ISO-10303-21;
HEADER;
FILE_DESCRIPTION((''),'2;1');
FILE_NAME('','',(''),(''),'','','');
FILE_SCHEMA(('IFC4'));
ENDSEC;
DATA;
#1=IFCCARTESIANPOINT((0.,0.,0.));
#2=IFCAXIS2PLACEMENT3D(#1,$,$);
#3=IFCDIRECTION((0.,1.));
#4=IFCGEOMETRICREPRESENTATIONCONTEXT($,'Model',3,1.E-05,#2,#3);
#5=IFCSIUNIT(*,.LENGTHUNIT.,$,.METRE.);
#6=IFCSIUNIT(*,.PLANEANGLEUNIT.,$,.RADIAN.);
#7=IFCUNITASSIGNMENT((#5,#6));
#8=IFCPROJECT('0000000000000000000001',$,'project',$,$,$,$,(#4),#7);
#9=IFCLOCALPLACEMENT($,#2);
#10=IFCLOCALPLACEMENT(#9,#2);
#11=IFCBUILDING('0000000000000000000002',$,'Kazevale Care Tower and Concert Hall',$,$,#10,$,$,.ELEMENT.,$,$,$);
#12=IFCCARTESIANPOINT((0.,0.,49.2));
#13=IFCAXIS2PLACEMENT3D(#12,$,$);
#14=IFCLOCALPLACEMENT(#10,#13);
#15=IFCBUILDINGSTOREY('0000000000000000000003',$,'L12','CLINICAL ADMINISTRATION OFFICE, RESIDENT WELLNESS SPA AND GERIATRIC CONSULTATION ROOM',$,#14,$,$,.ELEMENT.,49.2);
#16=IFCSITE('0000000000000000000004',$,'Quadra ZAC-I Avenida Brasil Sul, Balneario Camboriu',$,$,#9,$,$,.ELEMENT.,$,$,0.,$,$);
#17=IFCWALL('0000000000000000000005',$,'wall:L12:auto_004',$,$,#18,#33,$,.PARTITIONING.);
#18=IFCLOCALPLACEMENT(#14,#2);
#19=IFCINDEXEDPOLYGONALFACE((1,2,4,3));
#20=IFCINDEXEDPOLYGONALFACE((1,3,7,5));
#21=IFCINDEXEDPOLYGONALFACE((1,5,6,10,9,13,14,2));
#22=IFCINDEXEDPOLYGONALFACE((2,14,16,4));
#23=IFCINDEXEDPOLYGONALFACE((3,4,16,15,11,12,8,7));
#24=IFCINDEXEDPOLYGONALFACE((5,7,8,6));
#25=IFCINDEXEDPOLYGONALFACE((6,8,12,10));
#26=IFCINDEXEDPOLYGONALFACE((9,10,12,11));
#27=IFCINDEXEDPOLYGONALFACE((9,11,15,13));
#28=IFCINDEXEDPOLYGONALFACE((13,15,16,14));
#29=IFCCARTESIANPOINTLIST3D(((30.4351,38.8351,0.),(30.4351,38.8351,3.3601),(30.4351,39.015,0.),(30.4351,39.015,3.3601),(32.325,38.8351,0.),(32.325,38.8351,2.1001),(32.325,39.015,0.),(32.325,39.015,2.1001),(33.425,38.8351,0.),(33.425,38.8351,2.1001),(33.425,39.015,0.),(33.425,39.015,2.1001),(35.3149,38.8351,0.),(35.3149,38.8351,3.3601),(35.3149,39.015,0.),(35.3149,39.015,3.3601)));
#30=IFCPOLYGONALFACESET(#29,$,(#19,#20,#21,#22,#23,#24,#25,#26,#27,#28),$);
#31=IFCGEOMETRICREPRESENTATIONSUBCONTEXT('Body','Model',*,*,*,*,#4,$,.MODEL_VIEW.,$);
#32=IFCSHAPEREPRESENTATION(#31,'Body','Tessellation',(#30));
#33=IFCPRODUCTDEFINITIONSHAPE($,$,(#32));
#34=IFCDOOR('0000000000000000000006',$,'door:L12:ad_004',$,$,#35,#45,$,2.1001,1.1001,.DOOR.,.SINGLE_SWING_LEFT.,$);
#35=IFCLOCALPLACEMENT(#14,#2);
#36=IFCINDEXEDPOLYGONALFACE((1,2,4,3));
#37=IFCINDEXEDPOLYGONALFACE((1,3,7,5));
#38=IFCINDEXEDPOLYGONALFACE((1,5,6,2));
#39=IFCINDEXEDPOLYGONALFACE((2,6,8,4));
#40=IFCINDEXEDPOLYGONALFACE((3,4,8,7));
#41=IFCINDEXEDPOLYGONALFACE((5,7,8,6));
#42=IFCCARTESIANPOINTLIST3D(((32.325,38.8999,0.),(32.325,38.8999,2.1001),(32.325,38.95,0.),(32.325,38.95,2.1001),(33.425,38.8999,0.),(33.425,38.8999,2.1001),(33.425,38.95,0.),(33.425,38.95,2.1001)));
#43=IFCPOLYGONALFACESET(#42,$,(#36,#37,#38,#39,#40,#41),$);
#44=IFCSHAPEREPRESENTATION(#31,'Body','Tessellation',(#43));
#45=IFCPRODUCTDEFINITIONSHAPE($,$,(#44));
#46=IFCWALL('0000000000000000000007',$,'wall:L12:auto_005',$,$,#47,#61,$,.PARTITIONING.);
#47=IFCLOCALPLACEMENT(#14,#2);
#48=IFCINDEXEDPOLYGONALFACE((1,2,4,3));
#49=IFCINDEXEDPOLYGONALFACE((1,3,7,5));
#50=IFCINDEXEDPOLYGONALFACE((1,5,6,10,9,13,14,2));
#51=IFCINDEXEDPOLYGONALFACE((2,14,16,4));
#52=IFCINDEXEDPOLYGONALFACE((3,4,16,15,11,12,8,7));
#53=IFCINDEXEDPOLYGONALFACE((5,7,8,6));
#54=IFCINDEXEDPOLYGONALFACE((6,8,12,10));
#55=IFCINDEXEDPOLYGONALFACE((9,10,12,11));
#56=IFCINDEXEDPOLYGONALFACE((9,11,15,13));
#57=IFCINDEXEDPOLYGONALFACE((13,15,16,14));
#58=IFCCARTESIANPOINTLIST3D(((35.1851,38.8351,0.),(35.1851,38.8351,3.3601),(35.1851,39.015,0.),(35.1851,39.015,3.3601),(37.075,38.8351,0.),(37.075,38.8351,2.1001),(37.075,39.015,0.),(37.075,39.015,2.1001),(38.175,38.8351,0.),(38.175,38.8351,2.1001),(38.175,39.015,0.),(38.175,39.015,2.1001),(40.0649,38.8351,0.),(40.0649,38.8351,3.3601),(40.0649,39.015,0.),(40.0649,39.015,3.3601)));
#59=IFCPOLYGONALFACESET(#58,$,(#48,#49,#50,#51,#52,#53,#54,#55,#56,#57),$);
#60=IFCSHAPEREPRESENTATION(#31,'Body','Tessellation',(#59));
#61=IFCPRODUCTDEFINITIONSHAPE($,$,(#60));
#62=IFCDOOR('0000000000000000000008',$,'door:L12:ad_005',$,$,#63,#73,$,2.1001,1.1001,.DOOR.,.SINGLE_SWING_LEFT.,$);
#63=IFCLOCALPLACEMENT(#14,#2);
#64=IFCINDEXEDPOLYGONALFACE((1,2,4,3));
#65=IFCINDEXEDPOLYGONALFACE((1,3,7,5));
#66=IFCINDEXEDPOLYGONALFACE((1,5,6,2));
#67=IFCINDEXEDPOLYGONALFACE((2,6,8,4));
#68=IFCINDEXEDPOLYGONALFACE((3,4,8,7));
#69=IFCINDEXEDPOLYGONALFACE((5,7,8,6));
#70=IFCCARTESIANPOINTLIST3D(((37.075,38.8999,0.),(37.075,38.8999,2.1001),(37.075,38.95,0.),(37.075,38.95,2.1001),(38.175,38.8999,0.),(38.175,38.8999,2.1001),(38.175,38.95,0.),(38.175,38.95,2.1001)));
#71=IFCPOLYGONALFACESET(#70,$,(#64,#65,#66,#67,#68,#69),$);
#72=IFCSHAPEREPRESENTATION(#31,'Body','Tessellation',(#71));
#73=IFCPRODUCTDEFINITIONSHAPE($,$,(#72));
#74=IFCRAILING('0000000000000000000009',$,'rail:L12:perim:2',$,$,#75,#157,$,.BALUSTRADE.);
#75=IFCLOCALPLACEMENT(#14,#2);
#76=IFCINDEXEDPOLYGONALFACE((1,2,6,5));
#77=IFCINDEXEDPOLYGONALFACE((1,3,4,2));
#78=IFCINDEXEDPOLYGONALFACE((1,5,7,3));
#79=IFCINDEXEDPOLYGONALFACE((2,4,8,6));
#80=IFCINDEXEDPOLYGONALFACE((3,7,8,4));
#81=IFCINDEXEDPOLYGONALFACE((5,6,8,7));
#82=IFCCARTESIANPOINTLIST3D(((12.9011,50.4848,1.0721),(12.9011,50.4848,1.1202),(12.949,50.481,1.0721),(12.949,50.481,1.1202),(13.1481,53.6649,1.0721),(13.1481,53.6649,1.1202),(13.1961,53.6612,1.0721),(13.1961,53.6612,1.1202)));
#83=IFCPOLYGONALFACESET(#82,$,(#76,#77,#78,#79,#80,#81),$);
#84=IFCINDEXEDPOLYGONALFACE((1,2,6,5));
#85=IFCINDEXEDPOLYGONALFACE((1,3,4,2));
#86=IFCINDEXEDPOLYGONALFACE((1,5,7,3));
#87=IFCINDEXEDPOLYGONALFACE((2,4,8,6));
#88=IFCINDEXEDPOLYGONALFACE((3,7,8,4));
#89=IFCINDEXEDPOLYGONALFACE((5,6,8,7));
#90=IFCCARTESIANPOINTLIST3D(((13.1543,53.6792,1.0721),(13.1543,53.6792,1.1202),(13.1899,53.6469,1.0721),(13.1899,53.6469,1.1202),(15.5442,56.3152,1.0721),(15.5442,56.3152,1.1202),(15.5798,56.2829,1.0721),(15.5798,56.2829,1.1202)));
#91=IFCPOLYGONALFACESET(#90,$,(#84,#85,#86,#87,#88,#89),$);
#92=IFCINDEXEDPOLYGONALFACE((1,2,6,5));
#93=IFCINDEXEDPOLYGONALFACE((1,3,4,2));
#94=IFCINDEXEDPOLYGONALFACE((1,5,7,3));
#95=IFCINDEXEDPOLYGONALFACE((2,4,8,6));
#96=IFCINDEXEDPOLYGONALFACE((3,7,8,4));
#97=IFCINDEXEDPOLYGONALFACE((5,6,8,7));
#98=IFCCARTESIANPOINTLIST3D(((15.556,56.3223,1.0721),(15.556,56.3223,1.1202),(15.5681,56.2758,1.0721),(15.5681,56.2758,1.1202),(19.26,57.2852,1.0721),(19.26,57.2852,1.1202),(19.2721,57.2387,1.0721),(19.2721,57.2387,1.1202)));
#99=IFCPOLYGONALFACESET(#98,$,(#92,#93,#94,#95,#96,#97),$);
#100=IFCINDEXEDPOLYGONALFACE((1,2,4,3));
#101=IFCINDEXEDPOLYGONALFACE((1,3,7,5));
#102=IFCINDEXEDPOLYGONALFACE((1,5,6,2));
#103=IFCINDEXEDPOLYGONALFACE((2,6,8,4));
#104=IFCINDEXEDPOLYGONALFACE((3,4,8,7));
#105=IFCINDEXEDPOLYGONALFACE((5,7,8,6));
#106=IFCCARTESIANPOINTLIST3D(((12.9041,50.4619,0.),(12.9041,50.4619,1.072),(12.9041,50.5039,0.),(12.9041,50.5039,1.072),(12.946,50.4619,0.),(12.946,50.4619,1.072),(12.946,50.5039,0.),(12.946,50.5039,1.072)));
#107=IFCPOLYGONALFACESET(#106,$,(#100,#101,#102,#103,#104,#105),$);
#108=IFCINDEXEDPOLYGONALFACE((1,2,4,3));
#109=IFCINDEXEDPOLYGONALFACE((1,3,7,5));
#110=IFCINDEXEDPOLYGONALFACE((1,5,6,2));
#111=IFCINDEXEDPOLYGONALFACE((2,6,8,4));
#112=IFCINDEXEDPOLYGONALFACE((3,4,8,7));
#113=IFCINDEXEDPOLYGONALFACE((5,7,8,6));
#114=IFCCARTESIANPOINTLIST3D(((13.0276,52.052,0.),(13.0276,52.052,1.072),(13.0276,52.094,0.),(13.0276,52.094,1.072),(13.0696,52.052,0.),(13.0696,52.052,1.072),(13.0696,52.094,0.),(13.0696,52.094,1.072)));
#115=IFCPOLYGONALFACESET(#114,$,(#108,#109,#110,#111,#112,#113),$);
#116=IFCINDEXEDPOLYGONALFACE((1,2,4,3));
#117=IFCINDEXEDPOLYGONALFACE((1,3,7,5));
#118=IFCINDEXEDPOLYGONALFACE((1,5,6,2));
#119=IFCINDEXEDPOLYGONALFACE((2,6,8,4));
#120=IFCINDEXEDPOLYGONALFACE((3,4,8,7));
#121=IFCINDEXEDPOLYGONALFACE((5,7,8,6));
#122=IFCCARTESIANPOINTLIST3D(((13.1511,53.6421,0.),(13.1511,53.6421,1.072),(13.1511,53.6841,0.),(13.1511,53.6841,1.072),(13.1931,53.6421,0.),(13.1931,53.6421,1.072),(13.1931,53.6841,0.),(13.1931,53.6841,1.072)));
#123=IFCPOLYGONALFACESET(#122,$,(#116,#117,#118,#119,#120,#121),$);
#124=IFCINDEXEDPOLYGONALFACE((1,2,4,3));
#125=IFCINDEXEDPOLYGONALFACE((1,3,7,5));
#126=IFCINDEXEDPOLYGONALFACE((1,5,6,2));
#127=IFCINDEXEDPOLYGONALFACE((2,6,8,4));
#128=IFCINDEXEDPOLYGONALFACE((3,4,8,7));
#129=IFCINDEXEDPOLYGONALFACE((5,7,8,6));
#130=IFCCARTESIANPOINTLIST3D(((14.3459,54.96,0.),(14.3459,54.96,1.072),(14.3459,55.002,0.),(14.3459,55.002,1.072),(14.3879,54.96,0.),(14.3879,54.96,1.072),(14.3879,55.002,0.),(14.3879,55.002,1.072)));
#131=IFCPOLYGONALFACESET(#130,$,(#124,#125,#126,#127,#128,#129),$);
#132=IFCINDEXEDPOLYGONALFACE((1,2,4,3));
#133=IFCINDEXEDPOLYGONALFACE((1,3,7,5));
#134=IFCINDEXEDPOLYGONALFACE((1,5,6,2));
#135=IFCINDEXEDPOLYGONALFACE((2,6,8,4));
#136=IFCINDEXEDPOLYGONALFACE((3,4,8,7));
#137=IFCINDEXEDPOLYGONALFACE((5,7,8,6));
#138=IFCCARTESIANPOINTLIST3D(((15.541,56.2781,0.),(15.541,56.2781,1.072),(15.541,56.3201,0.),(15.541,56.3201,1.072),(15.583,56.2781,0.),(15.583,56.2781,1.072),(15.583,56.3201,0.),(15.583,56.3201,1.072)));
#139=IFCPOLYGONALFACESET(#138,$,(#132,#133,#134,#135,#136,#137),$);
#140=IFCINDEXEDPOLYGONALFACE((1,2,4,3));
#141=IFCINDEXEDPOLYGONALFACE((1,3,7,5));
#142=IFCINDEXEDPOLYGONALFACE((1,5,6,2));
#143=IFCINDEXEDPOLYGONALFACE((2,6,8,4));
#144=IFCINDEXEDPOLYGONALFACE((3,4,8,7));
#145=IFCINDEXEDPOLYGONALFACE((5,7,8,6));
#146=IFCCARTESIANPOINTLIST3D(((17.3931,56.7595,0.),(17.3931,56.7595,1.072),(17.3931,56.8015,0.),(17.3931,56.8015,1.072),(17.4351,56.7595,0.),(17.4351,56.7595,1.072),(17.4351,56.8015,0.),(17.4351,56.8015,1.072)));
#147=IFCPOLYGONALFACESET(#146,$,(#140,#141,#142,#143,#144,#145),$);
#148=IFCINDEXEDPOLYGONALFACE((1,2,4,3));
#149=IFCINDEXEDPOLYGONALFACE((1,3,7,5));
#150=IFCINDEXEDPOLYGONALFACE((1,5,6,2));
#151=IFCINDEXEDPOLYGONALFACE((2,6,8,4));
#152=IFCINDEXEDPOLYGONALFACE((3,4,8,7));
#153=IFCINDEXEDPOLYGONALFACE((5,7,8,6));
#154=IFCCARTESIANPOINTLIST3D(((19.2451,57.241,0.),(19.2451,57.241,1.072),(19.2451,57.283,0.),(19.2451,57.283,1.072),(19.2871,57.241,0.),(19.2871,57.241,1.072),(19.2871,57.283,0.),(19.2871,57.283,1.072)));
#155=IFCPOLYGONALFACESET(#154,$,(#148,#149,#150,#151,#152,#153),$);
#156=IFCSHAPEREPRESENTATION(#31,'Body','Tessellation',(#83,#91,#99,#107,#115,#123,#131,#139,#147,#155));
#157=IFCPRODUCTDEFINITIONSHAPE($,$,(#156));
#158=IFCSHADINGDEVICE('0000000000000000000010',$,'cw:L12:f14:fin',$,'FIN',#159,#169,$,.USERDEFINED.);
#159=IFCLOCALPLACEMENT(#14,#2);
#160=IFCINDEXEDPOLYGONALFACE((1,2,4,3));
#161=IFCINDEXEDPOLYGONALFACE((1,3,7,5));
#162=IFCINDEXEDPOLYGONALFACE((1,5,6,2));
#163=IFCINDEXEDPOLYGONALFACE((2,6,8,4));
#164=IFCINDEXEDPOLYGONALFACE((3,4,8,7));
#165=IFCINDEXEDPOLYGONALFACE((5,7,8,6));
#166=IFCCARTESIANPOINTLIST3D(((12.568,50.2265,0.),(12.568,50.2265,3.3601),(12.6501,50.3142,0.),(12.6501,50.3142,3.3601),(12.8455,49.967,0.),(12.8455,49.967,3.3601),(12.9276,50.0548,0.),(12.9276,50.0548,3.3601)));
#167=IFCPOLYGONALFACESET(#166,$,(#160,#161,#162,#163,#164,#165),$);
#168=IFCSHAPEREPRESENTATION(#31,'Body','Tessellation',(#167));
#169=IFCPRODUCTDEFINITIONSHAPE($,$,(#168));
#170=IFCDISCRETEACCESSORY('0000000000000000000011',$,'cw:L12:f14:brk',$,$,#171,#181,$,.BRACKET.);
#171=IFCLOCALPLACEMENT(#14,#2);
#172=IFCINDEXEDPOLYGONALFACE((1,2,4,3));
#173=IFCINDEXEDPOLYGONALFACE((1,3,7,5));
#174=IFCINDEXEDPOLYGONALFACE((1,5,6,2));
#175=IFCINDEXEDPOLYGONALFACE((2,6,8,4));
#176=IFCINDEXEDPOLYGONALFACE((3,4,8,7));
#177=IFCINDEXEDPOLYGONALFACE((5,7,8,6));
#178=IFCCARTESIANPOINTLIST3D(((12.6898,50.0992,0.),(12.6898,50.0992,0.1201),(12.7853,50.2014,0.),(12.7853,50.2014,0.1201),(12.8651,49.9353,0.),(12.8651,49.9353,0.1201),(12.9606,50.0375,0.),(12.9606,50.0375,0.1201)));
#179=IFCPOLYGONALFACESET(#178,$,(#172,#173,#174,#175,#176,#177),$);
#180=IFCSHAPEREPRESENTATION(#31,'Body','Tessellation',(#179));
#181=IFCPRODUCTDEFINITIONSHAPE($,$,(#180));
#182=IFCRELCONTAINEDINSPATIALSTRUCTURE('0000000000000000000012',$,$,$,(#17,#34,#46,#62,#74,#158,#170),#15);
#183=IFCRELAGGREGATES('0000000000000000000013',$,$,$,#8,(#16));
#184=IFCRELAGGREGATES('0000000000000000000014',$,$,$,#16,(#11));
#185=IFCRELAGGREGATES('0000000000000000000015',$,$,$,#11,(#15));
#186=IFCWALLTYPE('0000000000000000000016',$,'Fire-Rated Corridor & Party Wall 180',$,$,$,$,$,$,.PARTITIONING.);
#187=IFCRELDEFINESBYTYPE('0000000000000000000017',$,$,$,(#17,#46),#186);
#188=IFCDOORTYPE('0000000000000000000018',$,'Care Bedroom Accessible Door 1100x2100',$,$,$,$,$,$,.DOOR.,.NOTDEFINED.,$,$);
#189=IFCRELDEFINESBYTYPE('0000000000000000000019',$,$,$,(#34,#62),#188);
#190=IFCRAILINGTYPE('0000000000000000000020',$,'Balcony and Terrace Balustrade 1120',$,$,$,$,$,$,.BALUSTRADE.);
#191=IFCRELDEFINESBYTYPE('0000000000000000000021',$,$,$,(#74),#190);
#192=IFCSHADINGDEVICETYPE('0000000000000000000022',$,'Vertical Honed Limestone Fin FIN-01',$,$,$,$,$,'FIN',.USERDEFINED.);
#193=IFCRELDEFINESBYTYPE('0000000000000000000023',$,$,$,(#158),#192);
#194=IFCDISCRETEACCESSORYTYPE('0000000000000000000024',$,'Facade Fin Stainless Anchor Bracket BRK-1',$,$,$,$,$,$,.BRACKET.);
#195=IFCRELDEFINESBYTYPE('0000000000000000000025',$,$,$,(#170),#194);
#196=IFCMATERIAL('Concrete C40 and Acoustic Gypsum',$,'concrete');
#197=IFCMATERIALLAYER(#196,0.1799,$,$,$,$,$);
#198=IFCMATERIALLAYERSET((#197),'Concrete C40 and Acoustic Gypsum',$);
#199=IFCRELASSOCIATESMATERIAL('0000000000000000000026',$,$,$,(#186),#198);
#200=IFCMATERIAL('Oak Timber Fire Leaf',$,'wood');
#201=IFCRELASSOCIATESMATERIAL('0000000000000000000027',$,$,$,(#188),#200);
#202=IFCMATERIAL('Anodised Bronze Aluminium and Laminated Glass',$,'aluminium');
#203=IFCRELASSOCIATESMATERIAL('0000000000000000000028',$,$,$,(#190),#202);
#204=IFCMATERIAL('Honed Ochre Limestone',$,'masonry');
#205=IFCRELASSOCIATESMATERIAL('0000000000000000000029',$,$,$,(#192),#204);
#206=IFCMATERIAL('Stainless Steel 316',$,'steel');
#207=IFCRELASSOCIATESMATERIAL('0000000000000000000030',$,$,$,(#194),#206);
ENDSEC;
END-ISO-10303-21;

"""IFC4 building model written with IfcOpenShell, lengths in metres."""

from ifc_helpers import new_model, si_unit, direction, frame, frame_2d, origin, origin_2d, place, context, subcontext, project, spatial, rectangle, extrude, material, layer, layer_set, type_object, element, fill, save


model = new_model("IFC4")

# Units and contexts
model_context = context("Model", 3, precision=1e-05, world=origin(), true_north=direction((0.0, 1.0)))
body_context = subcontext(model_context, "Body", "Model", "MODEL_VIEW")
ifc_project = project(units=[si_unit("LENGTHUNIT", "METRE"), si_unit("PLANEANGLEUNIT", "RADIAN")], contexts=[model_context])

# Site, building, storey
site_placement = place(None, origin())
site = spatial("IfcSite", under=ifc_project, at=site_placement, Name="Quadra ZAC-I Avenida Brasil Sul, Balneario Camboriu", CompositionType="ELEMENT", RefElevation=0.0)
building_placement = place(site_placement, origin())
building = spatial("IfcBuilding", under=site, at=building_placement, Name="Kazevale Care Tower and Concert Hall", CompositionType="ELEMENT")
storey_placement = place(building_placement, frame((0.0, 0.0, 49.2)))
storey = spatial("IfcBuildingStorey", under=building, at=storey_placement, Name="L12", Description="CLINICAL ADMINISTRATION OFFICE, RESIDENT WELLNESS SPA AND GERIATRIC CONSULTATION ROOM", CompositionType="ELEMENT", Elevation=49.2)

# Walls, openings, doors
ifc_material_1 = material(Name="Concrete C40 and Acoustic Gypsum", Category="concrete")
ifc_layer_1 = layer(ifc_material_1, 0.1799)
ifc_layer_set_1 = layer_set([ifc_layer_1], Name="Concrete C40 and Acoustic Gypsum")
wall_type = type_object("IfcWallType", Name="Fire-Rated Corridor & Party Wall 180", PredefinedType="PARTITIONING", material=ifc_layer_set_1)
ifc_material_2 = material(Name="Oak Timber Fire Leaf", Category="wood")
door_type = type_object("IfcDoorType", Name="Care Bedroom Accessible Door 1100x2100", OperationType="NOTDEFINED", PredefinedType="DOOR", material=ifc_material_2)
wall_1_placement = place(storey_placement, frame((30.4351, 38.925, 0.0), z_axis=(0.0, 0.0, 1.0), x_axis=(1.0, 0.0, 0.0)))
wall_1 = element("IfcWall", 1, at=wall_1_placement, inside=storey, type_object=wall_type, Name="wall:L12:auto_004", PredefinedType="PARTITIONING", context=body_context, shape_type="SweptSolid", body=[
    extrude(rectangle(XDim=4.8799, YDim=0.1799, at=frame_2d((2.4399, 0.0))), origin(), (0.0, 0.0, 1.0), 3.3601),
])
opening_1_placement = place(wall_1_placement, frame((1.8899, 0.0, 0.0)))
opening_1 = element("IfcOpeningElement", 2, at=opening_1_placement, cuts=wall_1, PredefinedType="OPENING", context=body_context, shape_type="SweptSolid", body=[
    extrude(rectangle(XDim=1.1001, YDim=2.1001, at=frame_2d((0.55, 1.05))), frame((0.0, 0.0999, 0.0), z_axis=(0.0, -1.0, 0.0), x_axis=(1.0, 0.0, 0.0)), (0.0, 0.0, 1.0), 0.2),
])
door_1_placement = place(opening_1_placement, origin())
door_1 = element("IfcDoor", 3, at=door_1_placement, inside=storey, type_object=door_type, Name="door:L12:ad_004", OperationType="SINGLE_SWING_LEFT", OverallHeight=2.1001, OverallWidth=1.1001, PredefinedType="DOOR", context=body_context, shape_type="SweptSolid", body=[
    extrude(rectangle(XDim=1.1001, YDim=2.1001, at=frame_2d((0.55, 1.05))), frame((0.0, 0.0249, 0.0), z_axis=(0.0, -1.0, 0.0), x_axis=(1.0, 0.0, 0.0)), (0.0, 0.0, 1.0), 0.05),
])
fill(opening_1, door_1)
wall_2_placement = place(storey_placement, frame((35.1851, 38.925, 0.0), z_axis=(0.0, 0.0, 1.0), x_axis=(1.0, 0.0, 0.0)))
wall_2 = element("IfcWall", 4, at=wall_2_placement, inside=storey, type_object=wall_type, Name="wall:L12:auto_005", PredefinedType="PARTITIONING", context=body_context, shape_type="SweptSolid", body=[
    extrude(rectangle(XDim=4.8799, YDim=0.1799, at=frame_2d((2.4399, 0.0))), origin(), (0.0, 0.0, 1.0), 3.3601),
])
opening_2_placement = place(wall_2_placement, frame((1.8899, 0.0, 0.0)))
opening_2 = element("IfcOpeningElement", 5, at=opening_2_placement, cuts=wall_2, PredefinedType="OPENING", context=body_context, shape_type="SweptSolid", body=[
    extrude(rectangle(XDim=1.1001, YDim=2.1001, at=frame_2d((0.55, 1.05))), frame((0.0, 0.0999, 0.0), z_axis=(0.0, -1.0, 0.0), x_axis=(1.0, 0.0, 0.0)), (0.0, 0.0, 1.0), 0.2),
])
door_2_placement = place(opening_2_placement, origin())
door_2 = element("IfcDoor", 6, at=door_2_placement, inside=storey, type_object=door_type, Name="door:L12:ad_005", OperationType="SINGLE_SWING_LEFT", OverallHeight=2.1001, OverallWidth=1.1001, PredefinedType="DOOR", context=body_context, shape_type="SweptSolid", body=[
    extrude(rectangle(XDim=1.1001, YDim=2.1001, at=frame_2d((0.55, 1.05))), frame((0.0, 0.0249, 0.0), z_axis=(0.0, -1.0, 0.0), x_axis=(1.0, 0.0, 0.0)), (0.0, 0.0, 1.0), 0.05),
])
fill(opening_2, door_2)

# Railing
ifc_material_3 = material(Name="Anodised Bronze Aluminium and Laminated Glass", Category="aluminium")
railing_type = type_object("IfcRailingType", Name="Balcony and Terrace Balustrade 1120", PredefinedType="BALUSTRADE", material=ifc_material_3)
railing_placement = place(storey_placement, frame((12.925, 50.4829, 0.0)))
element("IfcRailing", 7, at=railing_placement, inside=storey, type_object=railing_type, Name="rail:L12:perim:2", PredefinedType="BALUSTRADE", context=body_context, shape_type="SweptSolid", body=[
    extrude(rectangle(XDim=0.0481, YDim=0.0481, at=origin_2d()), frame((0.0, 0.0, 1.0962), z_axis=(0.077457, 0.996996, 0.0), x_axis=(-0.996996, 0.077457, 0.0)), (0.0, 0.0, 1.0), 3.1897),
    extrude(rectangle(XDim=0.0481, YDim=0.0481, at=origin_2d()), frame((0.2471, 3.1802, 1.0962), z_axis=(0.671678, 0.740843, 0.0), x_axis=(-0.740843, 0.671678, 0.0)), (0.0, 0.0, 1.0), 3.5581),
    extrude(rectangle(XDim=0.0481, YDim=0.0481, at=origin_2d()), frame((2.637, 5.8162, 1.0962), z_axis=(0.967834, 0.251591, 0.0), x_axis=(-0.251591, 0.967834, 0.0)), (0.0, 0.0, 1.0), 3.8271),
    extrude(rectangle(XDim=0.042, YDim=0.042, at=origin_2d()), origin(), (0.0, 0.0, 1.0), 1.072),
    extrude(rectangle(XDim=0.042, YDim=0.042, at=origin_2d()), frame((0.1235, 1.5901, 0.0)), (0.0, 0.0, 1.0), 1.072),
    extrude(rectangle(XDim=0.042, YDim=0.042, at=origin_2d()), frame((0.2471, 3.1802, 0.0)), (0.0, 0.0, 1.0), 1.072),
    extrude(rectangle(XDim=0.042, YDim=0.042, at=origin_2d()), frame((1.4419, 4.498, 0.0)), (0.0, 0.0, 1.0), 1.072),
    extrude(rectangle(XDim=0.042, YDim=0.042, at=origin_2d()), frame((2.637, 5.8162, 0.0)), (0.0, 0.0, 1.0), 1.072),
    extrude(rectangle(XDim=0.042, YDim=0.042, at=origin_2d()), frame((4.489, 6.2976, 0.0)), (0.0, 0.0, 1.0), 1.072),
    extrude(rectangle(XDim=0.042, YDim=0.042, at=origin_2d()), frame((6.3411, 6.7791, 0.0)), (0.0, 0.0, 1.0), 1.072),
])

# Shading device
ifc_material_4 = material(Name="Honed Ochre Limestone", Category="masonry")
shading_device_type = type_object("IfcShadingDeviceType", Name="Vertical Honed Limestone Fin FIN-01", ElementType="FIN", PredefinedType="USERDEFINED", material=ifc_material_4)
shading_device_placement = place(storey_placement, frame((12.7478, 50.1406, 0.0), z_axis=(0.0, 0.0, 1.0), x_axis=(-0.730401, 0.683019, 0.0)))
element("IfcShadingDevice", 8, at=shading_device_placement, inside=storey, type_object=shading_device_type, Name="cw:L12:f14:fin", ObjectType="FIN", PredefinedType="USERDEFINED", context=body_context, shape_type="SweptSolid", body=[
    extrude(rectangle(XDim=0.3799, YDim=0.1201, at=origin_2d()), origin(), (0.0, 0.0, 1.0), 3.3601),
])

# Discrete accessory
ifc_material_5 = material(Name="Stainless Steel 316", Category="steel")
discrete_accessory_type = type_object("IfcDiscreteAccessoryType", Name="Facade Fin Stainless Anchor Bracket BRK-1", PredefinedType="BRACKET", material=ifc_material_5)
discrete_accessory_placement = place(storey_placement, frame((12.8252, 50.0684, 0.0), z_axis=(0.0, 0.0, 1.0), x_axis=(-0.730401, 0.683019, 0.0)))
element("IfcDiscreteAccessory", 9, at=discrete_accessory_placement, inside=storey, type_object=discrete_accessory_type, Name="cw:L12:f14:brk", PredefinedType="BRACKET", context=body_context, shape_type="SweptSolid", body=[
    extrude(rectangle(XDim=0.24, YDim=0.1399, at=origin_2d()), origin(), (0.0, 0.0, 1.0), 0.1201),
])

save(model, "model.ifc")
